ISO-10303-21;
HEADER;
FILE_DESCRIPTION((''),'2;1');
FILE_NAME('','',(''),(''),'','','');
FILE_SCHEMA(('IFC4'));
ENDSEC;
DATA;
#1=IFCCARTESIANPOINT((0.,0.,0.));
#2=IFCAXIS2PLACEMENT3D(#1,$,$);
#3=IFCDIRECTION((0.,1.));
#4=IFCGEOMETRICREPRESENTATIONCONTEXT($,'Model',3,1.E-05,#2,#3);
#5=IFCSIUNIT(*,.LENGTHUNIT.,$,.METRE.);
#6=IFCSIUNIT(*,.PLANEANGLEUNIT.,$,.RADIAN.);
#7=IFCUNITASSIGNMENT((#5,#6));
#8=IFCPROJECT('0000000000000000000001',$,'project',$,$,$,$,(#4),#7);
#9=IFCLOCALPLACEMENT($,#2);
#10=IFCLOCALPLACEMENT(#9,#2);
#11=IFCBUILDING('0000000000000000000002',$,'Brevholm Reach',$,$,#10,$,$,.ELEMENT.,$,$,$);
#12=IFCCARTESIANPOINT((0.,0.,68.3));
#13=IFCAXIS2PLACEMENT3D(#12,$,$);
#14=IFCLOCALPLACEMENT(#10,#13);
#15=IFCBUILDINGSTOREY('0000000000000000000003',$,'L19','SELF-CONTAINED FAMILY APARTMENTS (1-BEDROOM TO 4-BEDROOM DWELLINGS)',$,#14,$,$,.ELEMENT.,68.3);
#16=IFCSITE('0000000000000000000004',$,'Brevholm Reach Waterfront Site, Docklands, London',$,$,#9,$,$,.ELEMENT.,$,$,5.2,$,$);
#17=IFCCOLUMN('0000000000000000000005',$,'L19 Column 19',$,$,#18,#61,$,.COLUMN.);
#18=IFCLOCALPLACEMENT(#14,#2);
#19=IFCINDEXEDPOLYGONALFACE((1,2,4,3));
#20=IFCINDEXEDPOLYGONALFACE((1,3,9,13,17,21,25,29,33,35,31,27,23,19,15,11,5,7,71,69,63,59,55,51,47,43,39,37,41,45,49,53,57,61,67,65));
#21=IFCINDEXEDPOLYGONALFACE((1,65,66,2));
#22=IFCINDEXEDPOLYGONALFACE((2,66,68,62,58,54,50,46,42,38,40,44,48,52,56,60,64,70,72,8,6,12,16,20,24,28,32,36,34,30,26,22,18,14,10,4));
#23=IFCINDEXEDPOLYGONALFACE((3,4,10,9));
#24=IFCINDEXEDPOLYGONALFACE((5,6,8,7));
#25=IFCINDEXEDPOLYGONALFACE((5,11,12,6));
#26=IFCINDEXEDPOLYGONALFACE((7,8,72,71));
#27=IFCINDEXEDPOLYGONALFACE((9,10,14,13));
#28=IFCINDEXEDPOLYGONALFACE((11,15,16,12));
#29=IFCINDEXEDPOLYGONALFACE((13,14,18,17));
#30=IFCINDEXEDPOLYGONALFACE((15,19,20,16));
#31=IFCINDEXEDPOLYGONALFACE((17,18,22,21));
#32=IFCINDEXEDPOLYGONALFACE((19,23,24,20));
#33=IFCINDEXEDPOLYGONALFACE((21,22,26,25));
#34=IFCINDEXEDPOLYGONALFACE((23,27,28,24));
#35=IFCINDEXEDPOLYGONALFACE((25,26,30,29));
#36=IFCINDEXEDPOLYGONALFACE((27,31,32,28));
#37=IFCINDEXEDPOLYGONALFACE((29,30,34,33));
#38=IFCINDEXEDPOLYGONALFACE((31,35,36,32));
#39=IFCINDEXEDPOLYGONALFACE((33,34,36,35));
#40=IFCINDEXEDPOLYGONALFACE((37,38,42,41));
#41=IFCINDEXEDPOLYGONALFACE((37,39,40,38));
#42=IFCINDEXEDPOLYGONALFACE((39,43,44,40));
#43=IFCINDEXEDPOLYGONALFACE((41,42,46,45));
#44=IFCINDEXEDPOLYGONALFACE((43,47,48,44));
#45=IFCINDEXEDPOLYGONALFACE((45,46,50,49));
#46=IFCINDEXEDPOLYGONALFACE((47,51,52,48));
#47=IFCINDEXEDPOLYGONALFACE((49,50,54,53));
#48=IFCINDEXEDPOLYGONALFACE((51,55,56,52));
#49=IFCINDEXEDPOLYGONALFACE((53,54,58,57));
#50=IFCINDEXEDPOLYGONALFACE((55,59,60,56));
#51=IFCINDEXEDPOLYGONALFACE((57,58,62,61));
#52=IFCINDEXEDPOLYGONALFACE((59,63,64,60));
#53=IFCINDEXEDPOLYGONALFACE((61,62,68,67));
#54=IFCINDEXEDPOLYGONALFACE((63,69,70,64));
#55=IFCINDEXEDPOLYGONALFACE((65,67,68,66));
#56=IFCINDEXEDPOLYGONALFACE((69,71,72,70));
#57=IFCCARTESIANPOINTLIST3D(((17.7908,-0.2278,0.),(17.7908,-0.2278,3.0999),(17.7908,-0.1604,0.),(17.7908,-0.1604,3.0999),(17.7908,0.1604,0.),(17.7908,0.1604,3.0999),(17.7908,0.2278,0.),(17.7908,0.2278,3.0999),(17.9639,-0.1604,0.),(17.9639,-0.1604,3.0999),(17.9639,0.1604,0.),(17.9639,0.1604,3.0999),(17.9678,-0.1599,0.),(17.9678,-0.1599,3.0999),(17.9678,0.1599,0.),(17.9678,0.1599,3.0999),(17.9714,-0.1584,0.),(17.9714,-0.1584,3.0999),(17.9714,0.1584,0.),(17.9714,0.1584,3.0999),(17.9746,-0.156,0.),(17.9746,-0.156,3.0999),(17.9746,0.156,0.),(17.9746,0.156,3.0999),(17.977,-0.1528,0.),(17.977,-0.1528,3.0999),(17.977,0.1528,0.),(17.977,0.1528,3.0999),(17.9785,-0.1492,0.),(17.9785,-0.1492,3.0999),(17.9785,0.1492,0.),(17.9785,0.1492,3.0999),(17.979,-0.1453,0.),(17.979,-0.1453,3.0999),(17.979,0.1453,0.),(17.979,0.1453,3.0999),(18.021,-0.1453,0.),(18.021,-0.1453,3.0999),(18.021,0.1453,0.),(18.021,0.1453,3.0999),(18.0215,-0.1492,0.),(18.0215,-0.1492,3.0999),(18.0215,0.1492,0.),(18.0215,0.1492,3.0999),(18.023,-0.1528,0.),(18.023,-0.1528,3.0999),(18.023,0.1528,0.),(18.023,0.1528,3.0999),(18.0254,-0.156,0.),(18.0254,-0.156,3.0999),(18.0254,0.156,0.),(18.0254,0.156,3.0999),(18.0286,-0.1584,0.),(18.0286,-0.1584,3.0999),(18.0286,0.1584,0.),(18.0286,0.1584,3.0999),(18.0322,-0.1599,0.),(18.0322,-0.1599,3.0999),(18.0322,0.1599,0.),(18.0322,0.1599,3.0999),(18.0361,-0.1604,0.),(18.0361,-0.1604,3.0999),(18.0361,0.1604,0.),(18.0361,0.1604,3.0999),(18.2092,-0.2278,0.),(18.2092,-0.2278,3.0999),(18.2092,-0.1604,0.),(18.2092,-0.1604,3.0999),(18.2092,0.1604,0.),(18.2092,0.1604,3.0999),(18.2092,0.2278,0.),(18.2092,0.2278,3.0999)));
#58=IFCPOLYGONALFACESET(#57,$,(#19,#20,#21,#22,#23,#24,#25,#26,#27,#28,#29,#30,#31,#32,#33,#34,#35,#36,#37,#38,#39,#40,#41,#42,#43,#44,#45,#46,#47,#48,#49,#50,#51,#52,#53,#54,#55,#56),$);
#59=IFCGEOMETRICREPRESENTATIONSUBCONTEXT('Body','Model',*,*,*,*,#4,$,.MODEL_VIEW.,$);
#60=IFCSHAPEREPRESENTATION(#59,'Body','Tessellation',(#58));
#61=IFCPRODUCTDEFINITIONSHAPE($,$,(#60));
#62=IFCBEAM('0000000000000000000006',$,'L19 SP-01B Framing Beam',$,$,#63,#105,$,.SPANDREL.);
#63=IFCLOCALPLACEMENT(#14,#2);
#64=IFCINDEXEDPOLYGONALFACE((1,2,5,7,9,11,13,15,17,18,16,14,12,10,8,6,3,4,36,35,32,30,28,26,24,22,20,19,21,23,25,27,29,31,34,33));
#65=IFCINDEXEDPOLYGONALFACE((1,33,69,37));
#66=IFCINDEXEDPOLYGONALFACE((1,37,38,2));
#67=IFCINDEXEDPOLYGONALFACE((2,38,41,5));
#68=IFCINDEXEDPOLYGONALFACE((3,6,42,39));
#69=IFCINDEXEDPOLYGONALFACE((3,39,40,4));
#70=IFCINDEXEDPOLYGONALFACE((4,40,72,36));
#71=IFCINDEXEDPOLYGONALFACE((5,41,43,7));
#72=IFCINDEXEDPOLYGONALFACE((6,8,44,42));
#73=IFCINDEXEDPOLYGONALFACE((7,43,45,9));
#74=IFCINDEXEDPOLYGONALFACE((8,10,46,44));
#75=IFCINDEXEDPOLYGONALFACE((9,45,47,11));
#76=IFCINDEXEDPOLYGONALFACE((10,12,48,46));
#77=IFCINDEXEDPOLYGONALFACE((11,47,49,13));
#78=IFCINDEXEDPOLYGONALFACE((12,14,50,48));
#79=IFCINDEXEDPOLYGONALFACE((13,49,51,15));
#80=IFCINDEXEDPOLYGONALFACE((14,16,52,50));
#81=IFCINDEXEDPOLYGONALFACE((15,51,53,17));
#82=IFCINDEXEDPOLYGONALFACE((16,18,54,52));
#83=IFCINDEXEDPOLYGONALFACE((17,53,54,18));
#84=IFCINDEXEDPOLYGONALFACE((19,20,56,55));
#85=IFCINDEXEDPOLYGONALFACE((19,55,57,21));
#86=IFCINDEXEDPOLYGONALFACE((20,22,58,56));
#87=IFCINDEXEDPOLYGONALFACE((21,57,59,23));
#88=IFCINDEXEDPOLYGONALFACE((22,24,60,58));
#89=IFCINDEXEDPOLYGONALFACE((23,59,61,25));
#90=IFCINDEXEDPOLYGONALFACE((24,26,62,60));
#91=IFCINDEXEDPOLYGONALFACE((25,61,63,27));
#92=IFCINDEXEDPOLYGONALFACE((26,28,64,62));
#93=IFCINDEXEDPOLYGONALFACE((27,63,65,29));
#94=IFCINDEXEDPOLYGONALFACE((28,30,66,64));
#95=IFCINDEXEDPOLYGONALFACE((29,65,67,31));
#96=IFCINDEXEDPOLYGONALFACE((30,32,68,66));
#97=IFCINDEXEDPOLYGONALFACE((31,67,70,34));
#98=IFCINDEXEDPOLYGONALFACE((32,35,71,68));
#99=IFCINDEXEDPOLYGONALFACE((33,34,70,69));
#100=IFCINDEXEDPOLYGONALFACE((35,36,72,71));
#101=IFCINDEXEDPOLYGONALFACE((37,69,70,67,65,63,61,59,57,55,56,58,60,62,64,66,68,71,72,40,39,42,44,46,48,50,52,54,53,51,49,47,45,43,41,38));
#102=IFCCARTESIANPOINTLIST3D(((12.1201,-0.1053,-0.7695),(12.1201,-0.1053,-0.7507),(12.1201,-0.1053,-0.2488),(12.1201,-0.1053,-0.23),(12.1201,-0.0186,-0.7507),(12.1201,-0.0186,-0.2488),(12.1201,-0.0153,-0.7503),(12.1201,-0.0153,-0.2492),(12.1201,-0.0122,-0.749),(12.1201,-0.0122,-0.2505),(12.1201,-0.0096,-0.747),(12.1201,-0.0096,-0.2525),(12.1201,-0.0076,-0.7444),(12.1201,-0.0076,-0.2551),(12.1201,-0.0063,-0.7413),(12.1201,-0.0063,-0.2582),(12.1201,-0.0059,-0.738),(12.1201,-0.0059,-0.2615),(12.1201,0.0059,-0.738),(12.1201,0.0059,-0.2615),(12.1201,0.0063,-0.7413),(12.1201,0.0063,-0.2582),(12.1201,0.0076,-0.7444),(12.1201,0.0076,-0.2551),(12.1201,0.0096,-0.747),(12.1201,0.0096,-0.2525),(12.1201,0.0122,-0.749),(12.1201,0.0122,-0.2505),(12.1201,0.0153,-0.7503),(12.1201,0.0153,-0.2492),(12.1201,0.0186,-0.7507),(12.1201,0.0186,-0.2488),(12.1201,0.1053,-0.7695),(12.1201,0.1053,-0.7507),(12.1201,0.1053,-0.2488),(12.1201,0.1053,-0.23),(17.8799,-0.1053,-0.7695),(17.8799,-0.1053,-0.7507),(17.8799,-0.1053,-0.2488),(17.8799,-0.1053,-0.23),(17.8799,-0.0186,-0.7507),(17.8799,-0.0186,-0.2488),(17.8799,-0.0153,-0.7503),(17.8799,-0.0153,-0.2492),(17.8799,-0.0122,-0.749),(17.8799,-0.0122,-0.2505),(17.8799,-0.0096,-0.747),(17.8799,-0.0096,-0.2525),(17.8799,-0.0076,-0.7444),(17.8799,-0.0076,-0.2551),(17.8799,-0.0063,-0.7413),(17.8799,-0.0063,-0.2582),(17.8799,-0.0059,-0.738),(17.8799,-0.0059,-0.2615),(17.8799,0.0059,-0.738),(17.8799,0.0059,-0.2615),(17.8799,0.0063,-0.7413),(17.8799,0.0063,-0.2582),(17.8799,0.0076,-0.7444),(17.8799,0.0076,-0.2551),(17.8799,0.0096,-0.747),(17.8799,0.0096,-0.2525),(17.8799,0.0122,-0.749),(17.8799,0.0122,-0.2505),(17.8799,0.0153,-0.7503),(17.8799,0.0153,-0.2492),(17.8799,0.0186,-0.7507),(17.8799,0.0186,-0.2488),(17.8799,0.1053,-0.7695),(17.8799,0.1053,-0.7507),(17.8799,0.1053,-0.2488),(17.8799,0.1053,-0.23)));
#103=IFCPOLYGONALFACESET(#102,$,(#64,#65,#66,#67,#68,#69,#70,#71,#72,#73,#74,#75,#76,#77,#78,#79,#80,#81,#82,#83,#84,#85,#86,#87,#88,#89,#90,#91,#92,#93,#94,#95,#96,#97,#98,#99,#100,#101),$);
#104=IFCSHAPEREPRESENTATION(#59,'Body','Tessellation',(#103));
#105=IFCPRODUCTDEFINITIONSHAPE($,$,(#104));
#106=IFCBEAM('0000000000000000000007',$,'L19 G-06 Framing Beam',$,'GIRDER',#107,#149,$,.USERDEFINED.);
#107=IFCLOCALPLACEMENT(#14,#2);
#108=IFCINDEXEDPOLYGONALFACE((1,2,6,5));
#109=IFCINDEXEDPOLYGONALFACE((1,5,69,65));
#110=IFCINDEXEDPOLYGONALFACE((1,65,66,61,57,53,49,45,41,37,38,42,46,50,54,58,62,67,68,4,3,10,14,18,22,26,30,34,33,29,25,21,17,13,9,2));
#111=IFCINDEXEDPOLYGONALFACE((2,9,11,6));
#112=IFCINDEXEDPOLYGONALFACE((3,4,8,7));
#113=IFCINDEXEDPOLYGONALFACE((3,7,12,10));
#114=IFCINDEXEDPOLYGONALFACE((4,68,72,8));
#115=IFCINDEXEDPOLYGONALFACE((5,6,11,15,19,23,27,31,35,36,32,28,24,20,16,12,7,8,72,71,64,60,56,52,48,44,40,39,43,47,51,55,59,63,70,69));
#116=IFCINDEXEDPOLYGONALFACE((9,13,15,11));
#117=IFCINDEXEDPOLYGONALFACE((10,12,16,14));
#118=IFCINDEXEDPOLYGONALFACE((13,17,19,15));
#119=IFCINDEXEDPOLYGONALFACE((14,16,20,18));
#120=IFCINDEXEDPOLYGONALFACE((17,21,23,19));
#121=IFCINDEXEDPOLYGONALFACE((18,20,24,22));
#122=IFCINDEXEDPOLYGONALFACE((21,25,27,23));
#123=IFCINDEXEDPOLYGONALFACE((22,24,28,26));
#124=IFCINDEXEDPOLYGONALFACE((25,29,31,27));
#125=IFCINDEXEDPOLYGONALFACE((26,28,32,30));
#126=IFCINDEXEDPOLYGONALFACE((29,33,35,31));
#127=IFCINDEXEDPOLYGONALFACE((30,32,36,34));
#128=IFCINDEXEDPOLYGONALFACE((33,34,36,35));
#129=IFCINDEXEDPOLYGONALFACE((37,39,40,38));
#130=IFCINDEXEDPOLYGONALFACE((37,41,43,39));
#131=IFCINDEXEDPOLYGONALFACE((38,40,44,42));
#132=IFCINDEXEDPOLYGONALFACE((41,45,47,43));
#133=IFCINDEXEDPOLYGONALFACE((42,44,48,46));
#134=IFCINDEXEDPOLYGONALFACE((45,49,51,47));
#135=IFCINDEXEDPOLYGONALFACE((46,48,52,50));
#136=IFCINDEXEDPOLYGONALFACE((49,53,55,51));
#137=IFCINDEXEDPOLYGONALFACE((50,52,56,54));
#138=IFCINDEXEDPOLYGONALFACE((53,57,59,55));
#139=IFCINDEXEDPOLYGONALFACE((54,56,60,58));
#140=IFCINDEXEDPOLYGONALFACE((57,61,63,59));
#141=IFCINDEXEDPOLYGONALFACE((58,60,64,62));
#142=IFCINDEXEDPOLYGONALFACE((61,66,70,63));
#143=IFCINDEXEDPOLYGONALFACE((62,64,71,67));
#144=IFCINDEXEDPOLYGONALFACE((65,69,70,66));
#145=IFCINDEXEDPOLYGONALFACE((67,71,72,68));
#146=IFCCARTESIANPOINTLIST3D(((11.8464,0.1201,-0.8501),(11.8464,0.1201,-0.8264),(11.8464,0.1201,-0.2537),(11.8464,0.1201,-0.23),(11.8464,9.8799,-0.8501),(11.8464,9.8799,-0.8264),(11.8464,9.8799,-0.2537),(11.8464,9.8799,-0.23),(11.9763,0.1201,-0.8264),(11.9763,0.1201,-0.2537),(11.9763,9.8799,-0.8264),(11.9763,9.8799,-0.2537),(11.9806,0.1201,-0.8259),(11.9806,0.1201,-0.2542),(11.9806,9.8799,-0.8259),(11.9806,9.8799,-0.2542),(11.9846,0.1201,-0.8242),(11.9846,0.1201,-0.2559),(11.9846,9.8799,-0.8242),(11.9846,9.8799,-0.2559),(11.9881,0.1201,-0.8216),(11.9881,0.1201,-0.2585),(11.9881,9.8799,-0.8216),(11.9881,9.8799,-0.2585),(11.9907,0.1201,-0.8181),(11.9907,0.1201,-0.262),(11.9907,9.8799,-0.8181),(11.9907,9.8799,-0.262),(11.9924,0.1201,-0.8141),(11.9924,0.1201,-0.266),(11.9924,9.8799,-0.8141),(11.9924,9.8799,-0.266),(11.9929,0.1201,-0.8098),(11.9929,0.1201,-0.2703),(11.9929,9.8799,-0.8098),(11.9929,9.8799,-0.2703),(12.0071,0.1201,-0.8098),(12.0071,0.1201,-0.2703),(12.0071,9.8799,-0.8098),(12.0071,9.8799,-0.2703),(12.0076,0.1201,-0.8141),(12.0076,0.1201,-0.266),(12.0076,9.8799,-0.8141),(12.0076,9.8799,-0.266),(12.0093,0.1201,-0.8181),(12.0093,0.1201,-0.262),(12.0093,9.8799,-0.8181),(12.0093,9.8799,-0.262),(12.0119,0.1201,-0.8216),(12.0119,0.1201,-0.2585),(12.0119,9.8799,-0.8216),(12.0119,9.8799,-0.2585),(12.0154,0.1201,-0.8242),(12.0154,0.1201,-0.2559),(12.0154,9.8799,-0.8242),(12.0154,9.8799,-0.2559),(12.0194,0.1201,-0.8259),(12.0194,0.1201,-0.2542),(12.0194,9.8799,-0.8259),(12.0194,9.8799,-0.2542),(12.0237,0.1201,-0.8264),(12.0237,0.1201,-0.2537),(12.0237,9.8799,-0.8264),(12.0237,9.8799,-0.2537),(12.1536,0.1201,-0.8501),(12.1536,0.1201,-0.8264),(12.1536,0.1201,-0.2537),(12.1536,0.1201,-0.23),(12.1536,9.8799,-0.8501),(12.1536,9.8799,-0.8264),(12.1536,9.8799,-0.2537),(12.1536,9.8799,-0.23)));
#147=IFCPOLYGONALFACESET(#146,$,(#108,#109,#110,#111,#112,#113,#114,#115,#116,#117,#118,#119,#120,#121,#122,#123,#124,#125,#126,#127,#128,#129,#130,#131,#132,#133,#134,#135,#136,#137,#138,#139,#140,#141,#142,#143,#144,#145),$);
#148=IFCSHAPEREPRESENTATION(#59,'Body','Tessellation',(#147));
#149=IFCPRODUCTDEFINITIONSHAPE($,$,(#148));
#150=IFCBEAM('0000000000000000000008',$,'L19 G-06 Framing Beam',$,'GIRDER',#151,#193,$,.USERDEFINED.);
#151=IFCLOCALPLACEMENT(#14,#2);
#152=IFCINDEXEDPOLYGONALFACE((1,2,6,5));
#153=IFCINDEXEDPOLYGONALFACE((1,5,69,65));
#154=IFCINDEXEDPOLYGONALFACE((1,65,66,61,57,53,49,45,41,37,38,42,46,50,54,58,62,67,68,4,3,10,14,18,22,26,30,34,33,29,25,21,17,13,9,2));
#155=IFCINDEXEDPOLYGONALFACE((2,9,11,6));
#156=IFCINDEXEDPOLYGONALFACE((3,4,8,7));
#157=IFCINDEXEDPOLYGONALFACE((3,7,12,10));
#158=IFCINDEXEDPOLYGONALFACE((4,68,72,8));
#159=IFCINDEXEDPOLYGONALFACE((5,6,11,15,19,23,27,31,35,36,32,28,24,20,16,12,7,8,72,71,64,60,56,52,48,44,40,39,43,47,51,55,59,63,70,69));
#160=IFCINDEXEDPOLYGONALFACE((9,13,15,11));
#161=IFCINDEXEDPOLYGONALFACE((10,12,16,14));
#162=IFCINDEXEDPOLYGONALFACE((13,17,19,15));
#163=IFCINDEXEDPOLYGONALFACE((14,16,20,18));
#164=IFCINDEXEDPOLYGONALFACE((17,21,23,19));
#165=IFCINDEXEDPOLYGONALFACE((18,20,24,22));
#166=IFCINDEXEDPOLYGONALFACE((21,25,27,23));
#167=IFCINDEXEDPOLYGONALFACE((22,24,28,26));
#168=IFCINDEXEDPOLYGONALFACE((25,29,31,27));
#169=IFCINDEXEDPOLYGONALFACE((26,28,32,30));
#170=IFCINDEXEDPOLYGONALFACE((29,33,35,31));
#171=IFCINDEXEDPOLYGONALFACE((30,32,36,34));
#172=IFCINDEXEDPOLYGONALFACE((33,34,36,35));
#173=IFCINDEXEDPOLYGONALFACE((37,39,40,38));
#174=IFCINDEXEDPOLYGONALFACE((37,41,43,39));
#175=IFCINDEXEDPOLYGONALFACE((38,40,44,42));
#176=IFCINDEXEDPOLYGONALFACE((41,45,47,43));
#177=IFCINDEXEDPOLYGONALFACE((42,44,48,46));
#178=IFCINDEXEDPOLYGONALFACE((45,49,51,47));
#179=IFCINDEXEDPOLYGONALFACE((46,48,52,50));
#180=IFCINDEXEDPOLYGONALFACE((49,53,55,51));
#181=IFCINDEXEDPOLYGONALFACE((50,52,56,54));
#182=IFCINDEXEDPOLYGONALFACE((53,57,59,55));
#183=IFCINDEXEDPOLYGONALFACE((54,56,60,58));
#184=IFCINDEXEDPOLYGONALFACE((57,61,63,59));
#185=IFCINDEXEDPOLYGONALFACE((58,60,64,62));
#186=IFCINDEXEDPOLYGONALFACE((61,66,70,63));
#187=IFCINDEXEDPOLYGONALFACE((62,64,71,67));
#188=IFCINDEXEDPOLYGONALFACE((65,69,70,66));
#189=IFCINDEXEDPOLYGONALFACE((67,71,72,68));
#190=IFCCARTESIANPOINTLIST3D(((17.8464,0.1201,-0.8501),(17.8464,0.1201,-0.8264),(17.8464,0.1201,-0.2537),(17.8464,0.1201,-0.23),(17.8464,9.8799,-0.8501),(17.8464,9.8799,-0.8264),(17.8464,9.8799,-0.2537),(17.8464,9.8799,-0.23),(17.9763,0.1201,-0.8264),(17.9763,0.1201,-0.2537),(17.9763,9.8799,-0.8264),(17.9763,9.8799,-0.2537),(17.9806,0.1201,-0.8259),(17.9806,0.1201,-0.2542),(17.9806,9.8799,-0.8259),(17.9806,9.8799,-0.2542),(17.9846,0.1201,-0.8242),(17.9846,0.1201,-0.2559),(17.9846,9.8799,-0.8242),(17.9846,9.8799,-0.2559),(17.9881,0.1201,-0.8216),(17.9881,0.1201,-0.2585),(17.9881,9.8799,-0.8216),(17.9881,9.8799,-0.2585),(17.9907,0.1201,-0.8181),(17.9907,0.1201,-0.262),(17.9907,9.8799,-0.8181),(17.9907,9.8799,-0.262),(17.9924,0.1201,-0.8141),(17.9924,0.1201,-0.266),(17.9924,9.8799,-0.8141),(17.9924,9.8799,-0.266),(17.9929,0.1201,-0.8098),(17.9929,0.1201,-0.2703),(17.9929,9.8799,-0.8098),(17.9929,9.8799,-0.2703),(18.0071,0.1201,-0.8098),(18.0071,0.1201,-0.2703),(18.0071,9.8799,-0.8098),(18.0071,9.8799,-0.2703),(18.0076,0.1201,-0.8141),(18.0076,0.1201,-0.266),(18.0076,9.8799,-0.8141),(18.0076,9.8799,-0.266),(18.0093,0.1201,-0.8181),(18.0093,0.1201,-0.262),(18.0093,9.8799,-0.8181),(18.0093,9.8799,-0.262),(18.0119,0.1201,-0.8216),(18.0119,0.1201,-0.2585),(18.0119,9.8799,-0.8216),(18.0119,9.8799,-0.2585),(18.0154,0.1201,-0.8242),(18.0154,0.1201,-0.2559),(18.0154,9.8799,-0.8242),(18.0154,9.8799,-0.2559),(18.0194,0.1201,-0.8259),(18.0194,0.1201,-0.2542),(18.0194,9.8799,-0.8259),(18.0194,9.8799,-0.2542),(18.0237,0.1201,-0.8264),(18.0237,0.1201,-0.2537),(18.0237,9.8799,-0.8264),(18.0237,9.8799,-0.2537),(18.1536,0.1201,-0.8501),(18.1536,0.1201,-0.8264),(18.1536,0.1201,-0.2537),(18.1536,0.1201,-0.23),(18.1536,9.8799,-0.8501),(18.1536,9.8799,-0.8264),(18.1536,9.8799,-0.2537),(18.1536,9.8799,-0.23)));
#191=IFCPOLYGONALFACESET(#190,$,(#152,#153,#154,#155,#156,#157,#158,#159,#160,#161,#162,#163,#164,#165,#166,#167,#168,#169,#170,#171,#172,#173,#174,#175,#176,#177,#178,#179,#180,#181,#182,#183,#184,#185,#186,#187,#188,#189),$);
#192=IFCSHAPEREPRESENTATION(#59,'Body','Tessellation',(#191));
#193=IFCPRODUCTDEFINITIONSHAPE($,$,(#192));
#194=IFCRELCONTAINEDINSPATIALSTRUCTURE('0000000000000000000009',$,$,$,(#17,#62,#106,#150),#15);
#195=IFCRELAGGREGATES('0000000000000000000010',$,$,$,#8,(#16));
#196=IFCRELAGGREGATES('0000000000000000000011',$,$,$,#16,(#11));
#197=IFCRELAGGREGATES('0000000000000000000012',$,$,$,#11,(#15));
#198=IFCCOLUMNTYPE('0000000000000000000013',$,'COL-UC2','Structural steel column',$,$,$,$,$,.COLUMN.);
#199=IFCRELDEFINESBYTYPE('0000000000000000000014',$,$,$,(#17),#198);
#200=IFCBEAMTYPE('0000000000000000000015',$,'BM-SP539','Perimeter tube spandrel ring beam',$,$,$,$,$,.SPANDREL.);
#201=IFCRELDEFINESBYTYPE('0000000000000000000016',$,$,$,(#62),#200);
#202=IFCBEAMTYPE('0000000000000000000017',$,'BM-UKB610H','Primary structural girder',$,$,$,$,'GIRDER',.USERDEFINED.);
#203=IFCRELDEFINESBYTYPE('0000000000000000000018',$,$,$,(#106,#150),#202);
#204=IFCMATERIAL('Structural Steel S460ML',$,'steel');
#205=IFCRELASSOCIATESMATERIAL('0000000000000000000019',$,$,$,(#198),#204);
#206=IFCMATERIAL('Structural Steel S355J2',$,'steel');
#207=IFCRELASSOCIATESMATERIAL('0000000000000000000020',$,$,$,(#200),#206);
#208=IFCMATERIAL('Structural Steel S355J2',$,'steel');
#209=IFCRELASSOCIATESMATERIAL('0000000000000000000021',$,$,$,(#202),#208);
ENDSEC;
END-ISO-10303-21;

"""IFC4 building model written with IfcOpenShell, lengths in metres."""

from ifc_helpers import new_model, si_unit, direction, frame, origin, origin_2d, place, context, subcontext, project, spatial, i_section, extrude, material, material_profile, profile_set, type_object, element, save


model = new_model("IFC4")

# Units and contexts
model_context = context("Model", 3, precision=1e-05, world=origin(), true_north=direction((0.0, 1.0)))
body_context = subcontext(model_context, "Body", "Model", "MODEL_VIEW")
ifc_project = project(units=[si_unit("LENGTHUNIT", "METRE"), si_unit("PLANEANGLEUNIT", "RADIAN")], contexts=[model_context])

# Site, building, storey
site_placement = place(None, origin())
site = spatial("IfcSite", under=ifc_project, at=site_placement, Name="Brevholm Reach Waterfront Site, Docklands, London", CompositionType="ELEMENT", RefElevation=5.2)
building_placement = place(site_placement, origin())
building = spatial("IfcBuilding", under=site, at=building_placement, Name="Brevholm Reach", CompositionType="ELEMENT")
storey_placement = place(building_placement, frame((0.0, 0.0, 68.3)))
storey = spatial("IfcBuildingStorey", under=building, at=storey_placement, Name="L19", Description="SELF-CONTAINED FAMILY APARTMENTS (1-BEDROOM TO 4-BEDROOM DWELLINGS)", CompositionType="ELEMENT", Elevation=68.3)

# Column
ifc_material_1 = material(Name="Structural Steel S460ML", Category="steel")
ifc_material_profile_1 = material_profile(ifc_material_1, i_section(OverallWidth=0.4185, OverallDepth=0.4556, WebThickness=0.042, FlangeThickness=0.0674, FilletRadius=0.0151, at=origin_2d()), Name="UKC 356x406x551")
ifc_profile_set_1 = profile_set([ifc_material_profile_1], Name="Structural Steel S460ML")
column_type = type_object("IfcColumnType", Name="COL-UC2", Description="Structural steel column", PredefinedType="COLUMN", material=ifc_profile_set_1)
column_placement = place(storey_placement, frame((18.0, 0.0, 0.0), z_axis=(0.0, 0.0, 1.0), x_axis=(1.0, 0.0, 0.0)))
element("IfcColumn", 1, at=column_placement, inside=storey, type_object=column_type, Name="L19 Column 19", PredefinedType="COLUMN", context=body_context, shape_type="SweptSolid", body=[
    extrude(i_section(OverallWidth=0.4185, OverallDepth=0.4556, WebThickness=0.042, FlangeThickness=0.0674, FilletRadius=0.0151, at=origin_2d()), origin(), (0.0, 0.0, 1.0), 3.0999),
])

# Beams
ifc_material_2 = material(Name="Structural Steel S355J2", Category="steel")
ifc_material_profile_2 = material_profile(ifc_material_2, i_section(OverallWidth=0.2107, OverallDepth=0.5396, WebThickness=0.0117, FlangeThickness=0.0188, FilletRadius=0.0127, at=origin_2d()), Name="UKB 533x210x109")
ifc_profile_set_2 = profile_set([ifc_material_profile_2], Name="Structural Steel S355J2")
beam_type_1 = type_object("IfcBeamType", Name="BM-SP539", Description="Perimeter tube spandrel ring beam", PredefinedType="SPANDREL", material=ifc_profile_set_2)
beam_placement = place(storey_placement, frame((12.1201, 0.0, -0.4998), z_axis=(1.0, 0.0, 0.0), x_axis=(0.0, 1.0, 0.0)))
element("IfcBeam", 2, at=beam_placement, inside=storey, type_object=beam_type_1, Name="L19 SP-01B Framing Beam", PredefinedType="SPANDREL", context=body_context, shape_type="SweptSolid", body=[
    extrude(i_section(OverallWidth=0.2107, OverallDepth=0.5396, WebThickness=0.0117, FlangeThickness=0.0188, FilletRadius=0.0127, at=origin_2d()), origin(), (0.0, 0.0, 1.0), 5.7598),
])
ifc_material_3 = material(Name="Structural Steel S355J2", Category="steel")
ifc_material_profile_3 = material_profile(ifc_material_3, i_section(OverallWidth=0.3071, OverallDepth=0.6201, WebThickness=0.0142, FlangeThickness=0.0237, FilletRadius=0.0166, at=origin_2d()), Name="UKB 610x305x179")
ifc_profile_set_3 = profile_set([ifc_material_profile_3], Name="Structural Steel S355J2")
beam_type_2 = type_object("IfcBeamType", Name="BM-UKB610H", Description="Primary structural girder", ElementType="GIRDER", PredefinedType="USERDEFINED", material=ifc_profile_set_3)
for number, where, z_axis, x_axis, name in (
    (3, (12.0, 0.1201, -0.54), (0.0, 1.0, 0.0), (-1.0, 0.0, 0.0), "L19 G-06 Framing Beam"),
    (4, (18.0, 0.1201, -0.54), (0.0, 1.0, 0.0), (-1.0, 0.0, 0.0), "L19 G-06 Framing Beam"),
):
    element("IfcBeam", number, at=place(storey_placement, frame(where, z_axis=z_axis, x_axis=x_axis)), inside=storey, type_object=beam_type_2, Name=name, ObjectType="GIRDER", PredefinedType="USERDEFINED", context=body_context, shape_type="SweptSolid", body=[
        extrude(i_section(OverallWidth=0.3071, OverallDepth=0.6201, WebThickness=0.0142, FlangeThickness=0.0237, FilletRadius=0.0166, at=origin_2d()), origin(), (0.0, 0.0, 1.0), 9.7598),
    ])

save(model, "model.ifc")
